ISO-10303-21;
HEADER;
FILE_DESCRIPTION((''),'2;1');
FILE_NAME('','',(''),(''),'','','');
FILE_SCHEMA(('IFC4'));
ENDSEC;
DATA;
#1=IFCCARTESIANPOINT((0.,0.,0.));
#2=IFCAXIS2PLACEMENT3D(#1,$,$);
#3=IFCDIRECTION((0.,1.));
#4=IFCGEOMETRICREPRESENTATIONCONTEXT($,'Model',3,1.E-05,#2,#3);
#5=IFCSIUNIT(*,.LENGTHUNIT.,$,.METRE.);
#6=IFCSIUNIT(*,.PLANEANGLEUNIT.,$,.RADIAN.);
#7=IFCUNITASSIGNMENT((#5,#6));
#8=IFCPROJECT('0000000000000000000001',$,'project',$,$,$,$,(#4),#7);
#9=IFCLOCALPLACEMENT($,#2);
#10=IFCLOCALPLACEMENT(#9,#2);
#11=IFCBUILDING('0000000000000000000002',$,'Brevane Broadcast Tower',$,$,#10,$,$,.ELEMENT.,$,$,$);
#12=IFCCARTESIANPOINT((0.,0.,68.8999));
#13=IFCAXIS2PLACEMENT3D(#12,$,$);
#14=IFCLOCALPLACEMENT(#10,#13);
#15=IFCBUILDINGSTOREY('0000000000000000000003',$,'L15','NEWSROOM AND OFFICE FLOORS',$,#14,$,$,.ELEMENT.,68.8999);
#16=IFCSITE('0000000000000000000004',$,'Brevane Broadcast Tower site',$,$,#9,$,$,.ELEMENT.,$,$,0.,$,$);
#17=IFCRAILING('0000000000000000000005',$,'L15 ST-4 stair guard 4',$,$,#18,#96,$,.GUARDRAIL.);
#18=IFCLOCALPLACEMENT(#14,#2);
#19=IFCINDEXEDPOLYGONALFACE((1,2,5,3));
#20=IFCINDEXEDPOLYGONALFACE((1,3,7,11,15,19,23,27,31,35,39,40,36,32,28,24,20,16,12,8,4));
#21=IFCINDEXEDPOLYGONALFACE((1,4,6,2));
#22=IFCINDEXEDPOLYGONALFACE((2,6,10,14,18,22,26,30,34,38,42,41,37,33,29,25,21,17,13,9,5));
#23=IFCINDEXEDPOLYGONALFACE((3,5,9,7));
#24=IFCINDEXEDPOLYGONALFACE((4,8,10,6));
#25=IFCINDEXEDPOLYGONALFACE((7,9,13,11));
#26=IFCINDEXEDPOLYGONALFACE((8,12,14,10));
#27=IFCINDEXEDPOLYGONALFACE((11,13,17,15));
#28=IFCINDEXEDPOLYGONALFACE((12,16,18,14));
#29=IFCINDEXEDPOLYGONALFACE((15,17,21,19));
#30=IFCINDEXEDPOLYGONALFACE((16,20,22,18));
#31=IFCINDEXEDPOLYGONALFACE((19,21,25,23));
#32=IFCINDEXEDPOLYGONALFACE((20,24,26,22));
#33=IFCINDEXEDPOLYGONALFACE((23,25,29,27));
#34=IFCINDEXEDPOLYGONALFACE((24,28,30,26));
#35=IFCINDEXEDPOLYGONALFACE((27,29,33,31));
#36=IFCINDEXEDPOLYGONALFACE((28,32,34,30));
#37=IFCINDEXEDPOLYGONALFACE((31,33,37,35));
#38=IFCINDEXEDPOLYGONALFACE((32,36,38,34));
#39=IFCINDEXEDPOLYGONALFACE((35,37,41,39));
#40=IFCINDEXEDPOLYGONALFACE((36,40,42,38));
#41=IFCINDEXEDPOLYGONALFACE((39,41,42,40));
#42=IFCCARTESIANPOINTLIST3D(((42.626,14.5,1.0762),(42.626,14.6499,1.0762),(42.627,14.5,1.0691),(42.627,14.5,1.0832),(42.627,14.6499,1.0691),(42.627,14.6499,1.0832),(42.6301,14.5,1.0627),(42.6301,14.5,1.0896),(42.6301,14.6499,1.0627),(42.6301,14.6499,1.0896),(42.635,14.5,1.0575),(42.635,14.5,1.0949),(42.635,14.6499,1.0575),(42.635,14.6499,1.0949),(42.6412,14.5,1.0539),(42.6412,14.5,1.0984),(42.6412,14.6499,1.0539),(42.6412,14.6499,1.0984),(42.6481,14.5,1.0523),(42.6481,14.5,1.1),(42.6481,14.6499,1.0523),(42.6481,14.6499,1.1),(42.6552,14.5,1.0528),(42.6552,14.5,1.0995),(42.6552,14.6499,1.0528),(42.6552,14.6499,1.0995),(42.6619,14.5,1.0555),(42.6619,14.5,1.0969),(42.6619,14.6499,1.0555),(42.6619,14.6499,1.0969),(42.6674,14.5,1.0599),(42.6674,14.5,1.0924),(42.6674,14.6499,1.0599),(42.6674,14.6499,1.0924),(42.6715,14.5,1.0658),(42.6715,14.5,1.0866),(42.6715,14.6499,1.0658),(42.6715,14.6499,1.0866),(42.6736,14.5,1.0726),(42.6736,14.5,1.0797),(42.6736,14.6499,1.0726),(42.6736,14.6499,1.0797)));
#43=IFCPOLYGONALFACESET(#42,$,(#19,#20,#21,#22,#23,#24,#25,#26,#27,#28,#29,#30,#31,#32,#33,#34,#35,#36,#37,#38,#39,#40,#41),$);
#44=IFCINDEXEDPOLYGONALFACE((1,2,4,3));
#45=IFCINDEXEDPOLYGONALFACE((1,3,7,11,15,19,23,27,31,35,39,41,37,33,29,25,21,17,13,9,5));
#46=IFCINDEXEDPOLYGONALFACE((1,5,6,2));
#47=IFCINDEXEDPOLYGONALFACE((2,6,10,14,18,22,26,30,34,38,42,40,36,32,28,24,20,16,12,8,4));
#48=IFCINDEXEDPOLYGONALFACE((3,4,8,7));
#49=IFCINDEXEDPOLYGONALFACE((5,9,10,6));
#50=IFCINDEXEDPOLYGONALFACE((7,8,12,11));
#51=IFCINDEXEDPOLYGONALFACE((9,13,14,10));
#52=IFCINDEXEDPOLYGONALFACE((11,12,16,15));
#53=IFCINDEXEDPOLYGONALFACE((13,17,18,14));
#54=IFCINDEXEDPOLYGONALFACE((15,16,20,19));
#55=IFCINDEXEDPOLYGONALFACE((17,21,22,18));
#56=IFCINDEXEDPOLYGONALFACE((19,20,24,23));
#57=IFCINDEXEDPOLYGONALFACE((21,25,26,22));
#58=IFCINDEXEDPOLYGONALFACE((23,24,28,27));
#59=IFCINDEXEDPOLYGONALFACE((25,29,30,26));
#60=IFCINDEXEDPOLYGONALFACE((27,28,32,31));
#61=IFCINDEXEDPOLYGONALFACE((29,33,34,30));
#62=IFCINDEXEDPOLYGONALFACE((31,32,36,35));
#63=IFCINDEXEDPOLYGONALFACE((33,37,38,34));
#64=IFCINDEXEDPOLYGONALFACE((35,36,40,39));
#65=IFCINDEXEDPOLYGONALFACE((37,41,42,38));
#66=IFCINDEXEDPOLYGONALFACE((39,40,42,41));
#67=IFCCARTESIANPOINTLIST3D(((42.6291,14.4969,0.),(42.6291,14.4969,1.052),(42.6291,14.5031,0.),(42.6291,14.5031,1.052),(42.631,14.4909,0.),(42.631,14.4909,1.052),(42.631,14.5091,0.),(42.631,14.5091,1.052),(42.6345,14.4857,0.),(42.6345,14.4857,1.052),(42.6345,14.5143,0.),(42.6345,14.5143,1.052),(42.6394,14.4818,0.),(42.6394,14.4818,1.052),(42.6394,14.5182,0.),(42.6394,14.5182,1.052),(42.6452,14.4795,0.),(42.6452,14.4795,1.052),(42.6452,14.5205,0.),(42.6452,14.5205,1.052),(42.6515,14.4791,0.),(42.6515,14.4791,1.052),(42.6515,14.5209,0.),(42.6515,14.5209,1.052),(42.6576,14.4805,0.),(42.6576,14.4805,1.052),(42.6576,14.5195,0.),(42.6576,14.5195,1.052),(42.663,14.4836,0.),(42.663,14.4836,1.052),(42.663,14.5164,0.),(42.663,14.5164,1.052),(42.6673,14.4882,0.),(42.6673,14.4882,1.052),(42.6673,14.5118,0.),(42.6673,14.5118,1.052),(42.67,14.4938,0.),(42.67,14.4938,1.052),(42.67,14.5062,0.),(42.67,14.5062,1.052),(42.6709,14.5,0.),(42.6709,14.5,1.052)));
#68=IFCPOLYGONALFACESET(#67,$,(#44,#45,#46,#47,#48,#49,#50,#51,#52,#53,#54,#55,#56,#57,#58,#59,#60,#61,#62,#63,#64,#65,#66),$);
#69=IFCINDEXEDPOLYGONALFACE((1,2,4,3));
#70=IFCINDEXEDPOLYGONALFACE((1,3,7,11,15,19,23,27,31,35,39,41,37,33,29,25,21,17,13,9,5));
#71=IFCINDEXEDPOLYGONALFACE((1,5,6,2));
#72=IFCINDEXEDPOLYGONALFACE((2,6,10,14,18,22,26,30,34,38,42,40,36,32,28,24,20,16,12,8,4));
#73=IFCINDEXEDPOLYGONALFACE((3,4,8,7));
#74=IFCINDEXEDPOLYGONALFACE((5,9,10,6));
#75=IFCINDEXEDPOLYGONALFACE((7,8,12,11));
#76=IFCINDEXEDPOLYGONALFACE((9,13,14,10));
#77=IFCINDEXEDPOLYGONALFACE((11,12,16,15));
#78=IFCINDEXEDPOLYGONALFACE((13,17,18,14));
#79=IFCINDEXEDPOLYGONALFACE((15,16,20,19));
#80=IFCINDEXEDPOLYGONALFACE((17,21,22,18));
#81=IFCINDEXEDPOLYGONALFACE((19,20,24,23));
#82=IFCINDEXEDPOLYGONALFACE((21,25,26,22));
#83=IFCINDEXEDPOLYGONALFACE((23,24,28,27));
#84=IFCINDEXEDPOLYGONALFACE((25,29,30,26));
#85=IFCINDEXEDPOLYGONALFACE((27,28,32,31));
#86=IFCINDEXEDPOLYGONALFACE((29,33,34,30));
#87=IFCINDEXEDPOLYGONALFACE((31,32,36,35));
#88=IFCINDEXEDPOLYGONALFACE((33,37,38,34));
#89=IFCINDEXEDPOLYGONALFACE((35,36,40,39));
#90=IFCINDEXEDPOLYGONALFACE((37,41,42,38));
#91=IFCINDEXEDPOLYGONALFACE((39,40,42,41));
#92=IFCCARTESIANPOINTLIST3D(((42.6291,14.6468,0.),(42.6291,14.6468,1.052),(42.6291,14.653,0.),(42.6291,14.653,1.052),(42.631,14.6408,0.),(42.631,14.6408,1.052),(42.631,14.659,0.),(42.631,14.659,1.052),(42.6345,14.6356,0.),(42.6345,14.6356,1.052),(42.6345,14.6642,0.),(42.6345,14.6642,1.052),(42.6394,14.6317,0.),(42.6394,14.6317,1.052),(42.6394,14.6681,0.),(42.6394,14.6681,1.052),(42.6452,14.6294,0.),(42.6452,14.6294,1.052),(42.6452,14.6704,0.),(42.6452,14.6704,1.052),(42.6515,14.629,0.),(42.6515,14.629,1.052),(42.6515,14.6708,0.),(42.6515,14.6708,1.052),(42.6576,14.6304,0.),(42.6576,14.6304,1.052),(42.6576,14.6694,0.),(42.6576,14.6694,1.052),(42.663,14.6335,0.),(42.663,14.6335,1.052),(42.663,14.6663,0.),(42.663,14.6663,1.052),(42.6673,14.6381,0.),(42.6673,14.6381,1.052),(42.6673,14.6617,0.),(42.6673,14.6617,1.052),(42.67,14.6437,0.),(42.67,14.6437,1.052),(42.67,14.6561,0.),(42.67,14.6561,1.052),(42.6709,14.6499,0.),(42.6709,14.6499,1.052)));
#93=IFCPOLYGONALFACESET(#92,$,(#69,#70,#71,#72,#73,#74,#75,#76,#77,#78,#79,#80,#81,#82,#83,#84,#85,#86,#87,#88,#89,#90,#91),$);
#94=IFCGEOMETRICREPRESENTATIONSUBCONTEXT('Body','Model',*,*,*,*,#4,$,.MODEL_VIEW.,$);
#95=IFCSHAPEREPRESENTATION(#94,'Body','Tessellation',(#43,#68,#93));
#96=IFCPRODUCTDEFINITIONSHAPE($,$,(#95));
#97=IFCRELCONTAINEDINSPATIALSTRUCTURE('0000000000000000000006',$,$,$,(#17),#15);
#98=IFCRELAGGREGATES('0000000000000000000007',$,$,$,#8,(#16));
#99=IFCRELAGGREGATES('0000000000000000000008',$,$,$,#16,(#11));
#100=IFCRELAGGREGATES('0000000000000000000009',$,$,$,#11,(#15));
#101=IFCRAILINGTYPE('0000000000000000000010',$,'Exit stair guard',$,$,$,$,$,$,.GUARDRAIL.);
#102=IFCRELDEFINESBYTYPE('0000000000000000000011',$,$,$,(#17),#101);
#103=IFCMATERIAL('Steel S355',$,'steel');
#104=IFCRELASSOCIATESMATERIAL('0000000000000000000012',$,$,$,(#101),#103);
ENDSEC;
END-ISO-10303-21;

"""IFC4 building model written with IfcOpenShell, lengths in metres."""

from ifc_helpers import new_model, si_unit, direction, frame, origin, origin_2d, place, context, subcontext, project, spatial, circle, extrude, material, type_object, element, save


model = new_model("IFC4")

# Units and contexts
model_context = context("Model", 3, precision=1e-05, world=origin(), true_north=direction((0.0, 1.0)))
body_context = subcontext(model_context, "Body", "Model", "MODEL_VIEW")
ifc_project = project(units=[si_unit("LENGTHUNIT", "METRE"), si_unit("PLANEANGLEUNIT", "RADIAN")], contexts=[model_context])

# Site, building, storey
site_placement = place(None, origin())
site = spatial("IfcSite", under=ifc_project, at=site_placement, Name="Brevane Broadcast Tower site", CompositionType="ELEMENT", RefElevation=0.0)
building_placement = place(site_placement, origin())
building = spatial("IfcBuilding", under=site, at=building_placement, Name="Brevane Broadcast Tower", CompositionType="ELEMENT")
storey_placement = place(building_placement, frame((0.0, 0.0, 68.8999)))
storey = spatial("IfcBuildingStorey", under=building, at=storey_placement, Name="L15", Description="NEWSROOM AND OFFICE FLOORS", CompositionType="ELEMENT", Elevation=68.8999)

# Railing
ifc_material_1 = material(Name="Steel S355", Category="steel")
railing_type_1 = type_object("IfcRailingType", Name="Exit stair guard", PredefinedType="GUARDRAIL", material=ifc_material_1)
railing_1_placement = place(storey_placement, frame((42.6499, 14.5, 0.0)))
element("IfcRailing", 1, at=railing_1_placement, inside=storey, type_object=railing_type_1, Name="L15 ST-4 stair guard 4", PredefinedType="GUARDRAIL", context=body_context, shape_type="SweptSolid", body=[
    extrude(circle(Radius=0.0239, at=origin_2d()), frame((0.0, 0.0, 1.0762), z_axis=(0.0, 1.0, 0.0), x_axis=(-1.0, 0.0, 0.0)), (0.0, 0.0, 1.0), 0.1499),
    extrude(circle(Radius=0.021, at=origin_2d()), origin(), (0.0, 0.0, 1.0), 1.052),
    extrude(circle(Radius=0.021, at=origin_2d()), frame((0.0, 0.1499, 0.0)), (0.0, 0.0, 1.0), 1.052),
])

save(model, "model.ifc")
